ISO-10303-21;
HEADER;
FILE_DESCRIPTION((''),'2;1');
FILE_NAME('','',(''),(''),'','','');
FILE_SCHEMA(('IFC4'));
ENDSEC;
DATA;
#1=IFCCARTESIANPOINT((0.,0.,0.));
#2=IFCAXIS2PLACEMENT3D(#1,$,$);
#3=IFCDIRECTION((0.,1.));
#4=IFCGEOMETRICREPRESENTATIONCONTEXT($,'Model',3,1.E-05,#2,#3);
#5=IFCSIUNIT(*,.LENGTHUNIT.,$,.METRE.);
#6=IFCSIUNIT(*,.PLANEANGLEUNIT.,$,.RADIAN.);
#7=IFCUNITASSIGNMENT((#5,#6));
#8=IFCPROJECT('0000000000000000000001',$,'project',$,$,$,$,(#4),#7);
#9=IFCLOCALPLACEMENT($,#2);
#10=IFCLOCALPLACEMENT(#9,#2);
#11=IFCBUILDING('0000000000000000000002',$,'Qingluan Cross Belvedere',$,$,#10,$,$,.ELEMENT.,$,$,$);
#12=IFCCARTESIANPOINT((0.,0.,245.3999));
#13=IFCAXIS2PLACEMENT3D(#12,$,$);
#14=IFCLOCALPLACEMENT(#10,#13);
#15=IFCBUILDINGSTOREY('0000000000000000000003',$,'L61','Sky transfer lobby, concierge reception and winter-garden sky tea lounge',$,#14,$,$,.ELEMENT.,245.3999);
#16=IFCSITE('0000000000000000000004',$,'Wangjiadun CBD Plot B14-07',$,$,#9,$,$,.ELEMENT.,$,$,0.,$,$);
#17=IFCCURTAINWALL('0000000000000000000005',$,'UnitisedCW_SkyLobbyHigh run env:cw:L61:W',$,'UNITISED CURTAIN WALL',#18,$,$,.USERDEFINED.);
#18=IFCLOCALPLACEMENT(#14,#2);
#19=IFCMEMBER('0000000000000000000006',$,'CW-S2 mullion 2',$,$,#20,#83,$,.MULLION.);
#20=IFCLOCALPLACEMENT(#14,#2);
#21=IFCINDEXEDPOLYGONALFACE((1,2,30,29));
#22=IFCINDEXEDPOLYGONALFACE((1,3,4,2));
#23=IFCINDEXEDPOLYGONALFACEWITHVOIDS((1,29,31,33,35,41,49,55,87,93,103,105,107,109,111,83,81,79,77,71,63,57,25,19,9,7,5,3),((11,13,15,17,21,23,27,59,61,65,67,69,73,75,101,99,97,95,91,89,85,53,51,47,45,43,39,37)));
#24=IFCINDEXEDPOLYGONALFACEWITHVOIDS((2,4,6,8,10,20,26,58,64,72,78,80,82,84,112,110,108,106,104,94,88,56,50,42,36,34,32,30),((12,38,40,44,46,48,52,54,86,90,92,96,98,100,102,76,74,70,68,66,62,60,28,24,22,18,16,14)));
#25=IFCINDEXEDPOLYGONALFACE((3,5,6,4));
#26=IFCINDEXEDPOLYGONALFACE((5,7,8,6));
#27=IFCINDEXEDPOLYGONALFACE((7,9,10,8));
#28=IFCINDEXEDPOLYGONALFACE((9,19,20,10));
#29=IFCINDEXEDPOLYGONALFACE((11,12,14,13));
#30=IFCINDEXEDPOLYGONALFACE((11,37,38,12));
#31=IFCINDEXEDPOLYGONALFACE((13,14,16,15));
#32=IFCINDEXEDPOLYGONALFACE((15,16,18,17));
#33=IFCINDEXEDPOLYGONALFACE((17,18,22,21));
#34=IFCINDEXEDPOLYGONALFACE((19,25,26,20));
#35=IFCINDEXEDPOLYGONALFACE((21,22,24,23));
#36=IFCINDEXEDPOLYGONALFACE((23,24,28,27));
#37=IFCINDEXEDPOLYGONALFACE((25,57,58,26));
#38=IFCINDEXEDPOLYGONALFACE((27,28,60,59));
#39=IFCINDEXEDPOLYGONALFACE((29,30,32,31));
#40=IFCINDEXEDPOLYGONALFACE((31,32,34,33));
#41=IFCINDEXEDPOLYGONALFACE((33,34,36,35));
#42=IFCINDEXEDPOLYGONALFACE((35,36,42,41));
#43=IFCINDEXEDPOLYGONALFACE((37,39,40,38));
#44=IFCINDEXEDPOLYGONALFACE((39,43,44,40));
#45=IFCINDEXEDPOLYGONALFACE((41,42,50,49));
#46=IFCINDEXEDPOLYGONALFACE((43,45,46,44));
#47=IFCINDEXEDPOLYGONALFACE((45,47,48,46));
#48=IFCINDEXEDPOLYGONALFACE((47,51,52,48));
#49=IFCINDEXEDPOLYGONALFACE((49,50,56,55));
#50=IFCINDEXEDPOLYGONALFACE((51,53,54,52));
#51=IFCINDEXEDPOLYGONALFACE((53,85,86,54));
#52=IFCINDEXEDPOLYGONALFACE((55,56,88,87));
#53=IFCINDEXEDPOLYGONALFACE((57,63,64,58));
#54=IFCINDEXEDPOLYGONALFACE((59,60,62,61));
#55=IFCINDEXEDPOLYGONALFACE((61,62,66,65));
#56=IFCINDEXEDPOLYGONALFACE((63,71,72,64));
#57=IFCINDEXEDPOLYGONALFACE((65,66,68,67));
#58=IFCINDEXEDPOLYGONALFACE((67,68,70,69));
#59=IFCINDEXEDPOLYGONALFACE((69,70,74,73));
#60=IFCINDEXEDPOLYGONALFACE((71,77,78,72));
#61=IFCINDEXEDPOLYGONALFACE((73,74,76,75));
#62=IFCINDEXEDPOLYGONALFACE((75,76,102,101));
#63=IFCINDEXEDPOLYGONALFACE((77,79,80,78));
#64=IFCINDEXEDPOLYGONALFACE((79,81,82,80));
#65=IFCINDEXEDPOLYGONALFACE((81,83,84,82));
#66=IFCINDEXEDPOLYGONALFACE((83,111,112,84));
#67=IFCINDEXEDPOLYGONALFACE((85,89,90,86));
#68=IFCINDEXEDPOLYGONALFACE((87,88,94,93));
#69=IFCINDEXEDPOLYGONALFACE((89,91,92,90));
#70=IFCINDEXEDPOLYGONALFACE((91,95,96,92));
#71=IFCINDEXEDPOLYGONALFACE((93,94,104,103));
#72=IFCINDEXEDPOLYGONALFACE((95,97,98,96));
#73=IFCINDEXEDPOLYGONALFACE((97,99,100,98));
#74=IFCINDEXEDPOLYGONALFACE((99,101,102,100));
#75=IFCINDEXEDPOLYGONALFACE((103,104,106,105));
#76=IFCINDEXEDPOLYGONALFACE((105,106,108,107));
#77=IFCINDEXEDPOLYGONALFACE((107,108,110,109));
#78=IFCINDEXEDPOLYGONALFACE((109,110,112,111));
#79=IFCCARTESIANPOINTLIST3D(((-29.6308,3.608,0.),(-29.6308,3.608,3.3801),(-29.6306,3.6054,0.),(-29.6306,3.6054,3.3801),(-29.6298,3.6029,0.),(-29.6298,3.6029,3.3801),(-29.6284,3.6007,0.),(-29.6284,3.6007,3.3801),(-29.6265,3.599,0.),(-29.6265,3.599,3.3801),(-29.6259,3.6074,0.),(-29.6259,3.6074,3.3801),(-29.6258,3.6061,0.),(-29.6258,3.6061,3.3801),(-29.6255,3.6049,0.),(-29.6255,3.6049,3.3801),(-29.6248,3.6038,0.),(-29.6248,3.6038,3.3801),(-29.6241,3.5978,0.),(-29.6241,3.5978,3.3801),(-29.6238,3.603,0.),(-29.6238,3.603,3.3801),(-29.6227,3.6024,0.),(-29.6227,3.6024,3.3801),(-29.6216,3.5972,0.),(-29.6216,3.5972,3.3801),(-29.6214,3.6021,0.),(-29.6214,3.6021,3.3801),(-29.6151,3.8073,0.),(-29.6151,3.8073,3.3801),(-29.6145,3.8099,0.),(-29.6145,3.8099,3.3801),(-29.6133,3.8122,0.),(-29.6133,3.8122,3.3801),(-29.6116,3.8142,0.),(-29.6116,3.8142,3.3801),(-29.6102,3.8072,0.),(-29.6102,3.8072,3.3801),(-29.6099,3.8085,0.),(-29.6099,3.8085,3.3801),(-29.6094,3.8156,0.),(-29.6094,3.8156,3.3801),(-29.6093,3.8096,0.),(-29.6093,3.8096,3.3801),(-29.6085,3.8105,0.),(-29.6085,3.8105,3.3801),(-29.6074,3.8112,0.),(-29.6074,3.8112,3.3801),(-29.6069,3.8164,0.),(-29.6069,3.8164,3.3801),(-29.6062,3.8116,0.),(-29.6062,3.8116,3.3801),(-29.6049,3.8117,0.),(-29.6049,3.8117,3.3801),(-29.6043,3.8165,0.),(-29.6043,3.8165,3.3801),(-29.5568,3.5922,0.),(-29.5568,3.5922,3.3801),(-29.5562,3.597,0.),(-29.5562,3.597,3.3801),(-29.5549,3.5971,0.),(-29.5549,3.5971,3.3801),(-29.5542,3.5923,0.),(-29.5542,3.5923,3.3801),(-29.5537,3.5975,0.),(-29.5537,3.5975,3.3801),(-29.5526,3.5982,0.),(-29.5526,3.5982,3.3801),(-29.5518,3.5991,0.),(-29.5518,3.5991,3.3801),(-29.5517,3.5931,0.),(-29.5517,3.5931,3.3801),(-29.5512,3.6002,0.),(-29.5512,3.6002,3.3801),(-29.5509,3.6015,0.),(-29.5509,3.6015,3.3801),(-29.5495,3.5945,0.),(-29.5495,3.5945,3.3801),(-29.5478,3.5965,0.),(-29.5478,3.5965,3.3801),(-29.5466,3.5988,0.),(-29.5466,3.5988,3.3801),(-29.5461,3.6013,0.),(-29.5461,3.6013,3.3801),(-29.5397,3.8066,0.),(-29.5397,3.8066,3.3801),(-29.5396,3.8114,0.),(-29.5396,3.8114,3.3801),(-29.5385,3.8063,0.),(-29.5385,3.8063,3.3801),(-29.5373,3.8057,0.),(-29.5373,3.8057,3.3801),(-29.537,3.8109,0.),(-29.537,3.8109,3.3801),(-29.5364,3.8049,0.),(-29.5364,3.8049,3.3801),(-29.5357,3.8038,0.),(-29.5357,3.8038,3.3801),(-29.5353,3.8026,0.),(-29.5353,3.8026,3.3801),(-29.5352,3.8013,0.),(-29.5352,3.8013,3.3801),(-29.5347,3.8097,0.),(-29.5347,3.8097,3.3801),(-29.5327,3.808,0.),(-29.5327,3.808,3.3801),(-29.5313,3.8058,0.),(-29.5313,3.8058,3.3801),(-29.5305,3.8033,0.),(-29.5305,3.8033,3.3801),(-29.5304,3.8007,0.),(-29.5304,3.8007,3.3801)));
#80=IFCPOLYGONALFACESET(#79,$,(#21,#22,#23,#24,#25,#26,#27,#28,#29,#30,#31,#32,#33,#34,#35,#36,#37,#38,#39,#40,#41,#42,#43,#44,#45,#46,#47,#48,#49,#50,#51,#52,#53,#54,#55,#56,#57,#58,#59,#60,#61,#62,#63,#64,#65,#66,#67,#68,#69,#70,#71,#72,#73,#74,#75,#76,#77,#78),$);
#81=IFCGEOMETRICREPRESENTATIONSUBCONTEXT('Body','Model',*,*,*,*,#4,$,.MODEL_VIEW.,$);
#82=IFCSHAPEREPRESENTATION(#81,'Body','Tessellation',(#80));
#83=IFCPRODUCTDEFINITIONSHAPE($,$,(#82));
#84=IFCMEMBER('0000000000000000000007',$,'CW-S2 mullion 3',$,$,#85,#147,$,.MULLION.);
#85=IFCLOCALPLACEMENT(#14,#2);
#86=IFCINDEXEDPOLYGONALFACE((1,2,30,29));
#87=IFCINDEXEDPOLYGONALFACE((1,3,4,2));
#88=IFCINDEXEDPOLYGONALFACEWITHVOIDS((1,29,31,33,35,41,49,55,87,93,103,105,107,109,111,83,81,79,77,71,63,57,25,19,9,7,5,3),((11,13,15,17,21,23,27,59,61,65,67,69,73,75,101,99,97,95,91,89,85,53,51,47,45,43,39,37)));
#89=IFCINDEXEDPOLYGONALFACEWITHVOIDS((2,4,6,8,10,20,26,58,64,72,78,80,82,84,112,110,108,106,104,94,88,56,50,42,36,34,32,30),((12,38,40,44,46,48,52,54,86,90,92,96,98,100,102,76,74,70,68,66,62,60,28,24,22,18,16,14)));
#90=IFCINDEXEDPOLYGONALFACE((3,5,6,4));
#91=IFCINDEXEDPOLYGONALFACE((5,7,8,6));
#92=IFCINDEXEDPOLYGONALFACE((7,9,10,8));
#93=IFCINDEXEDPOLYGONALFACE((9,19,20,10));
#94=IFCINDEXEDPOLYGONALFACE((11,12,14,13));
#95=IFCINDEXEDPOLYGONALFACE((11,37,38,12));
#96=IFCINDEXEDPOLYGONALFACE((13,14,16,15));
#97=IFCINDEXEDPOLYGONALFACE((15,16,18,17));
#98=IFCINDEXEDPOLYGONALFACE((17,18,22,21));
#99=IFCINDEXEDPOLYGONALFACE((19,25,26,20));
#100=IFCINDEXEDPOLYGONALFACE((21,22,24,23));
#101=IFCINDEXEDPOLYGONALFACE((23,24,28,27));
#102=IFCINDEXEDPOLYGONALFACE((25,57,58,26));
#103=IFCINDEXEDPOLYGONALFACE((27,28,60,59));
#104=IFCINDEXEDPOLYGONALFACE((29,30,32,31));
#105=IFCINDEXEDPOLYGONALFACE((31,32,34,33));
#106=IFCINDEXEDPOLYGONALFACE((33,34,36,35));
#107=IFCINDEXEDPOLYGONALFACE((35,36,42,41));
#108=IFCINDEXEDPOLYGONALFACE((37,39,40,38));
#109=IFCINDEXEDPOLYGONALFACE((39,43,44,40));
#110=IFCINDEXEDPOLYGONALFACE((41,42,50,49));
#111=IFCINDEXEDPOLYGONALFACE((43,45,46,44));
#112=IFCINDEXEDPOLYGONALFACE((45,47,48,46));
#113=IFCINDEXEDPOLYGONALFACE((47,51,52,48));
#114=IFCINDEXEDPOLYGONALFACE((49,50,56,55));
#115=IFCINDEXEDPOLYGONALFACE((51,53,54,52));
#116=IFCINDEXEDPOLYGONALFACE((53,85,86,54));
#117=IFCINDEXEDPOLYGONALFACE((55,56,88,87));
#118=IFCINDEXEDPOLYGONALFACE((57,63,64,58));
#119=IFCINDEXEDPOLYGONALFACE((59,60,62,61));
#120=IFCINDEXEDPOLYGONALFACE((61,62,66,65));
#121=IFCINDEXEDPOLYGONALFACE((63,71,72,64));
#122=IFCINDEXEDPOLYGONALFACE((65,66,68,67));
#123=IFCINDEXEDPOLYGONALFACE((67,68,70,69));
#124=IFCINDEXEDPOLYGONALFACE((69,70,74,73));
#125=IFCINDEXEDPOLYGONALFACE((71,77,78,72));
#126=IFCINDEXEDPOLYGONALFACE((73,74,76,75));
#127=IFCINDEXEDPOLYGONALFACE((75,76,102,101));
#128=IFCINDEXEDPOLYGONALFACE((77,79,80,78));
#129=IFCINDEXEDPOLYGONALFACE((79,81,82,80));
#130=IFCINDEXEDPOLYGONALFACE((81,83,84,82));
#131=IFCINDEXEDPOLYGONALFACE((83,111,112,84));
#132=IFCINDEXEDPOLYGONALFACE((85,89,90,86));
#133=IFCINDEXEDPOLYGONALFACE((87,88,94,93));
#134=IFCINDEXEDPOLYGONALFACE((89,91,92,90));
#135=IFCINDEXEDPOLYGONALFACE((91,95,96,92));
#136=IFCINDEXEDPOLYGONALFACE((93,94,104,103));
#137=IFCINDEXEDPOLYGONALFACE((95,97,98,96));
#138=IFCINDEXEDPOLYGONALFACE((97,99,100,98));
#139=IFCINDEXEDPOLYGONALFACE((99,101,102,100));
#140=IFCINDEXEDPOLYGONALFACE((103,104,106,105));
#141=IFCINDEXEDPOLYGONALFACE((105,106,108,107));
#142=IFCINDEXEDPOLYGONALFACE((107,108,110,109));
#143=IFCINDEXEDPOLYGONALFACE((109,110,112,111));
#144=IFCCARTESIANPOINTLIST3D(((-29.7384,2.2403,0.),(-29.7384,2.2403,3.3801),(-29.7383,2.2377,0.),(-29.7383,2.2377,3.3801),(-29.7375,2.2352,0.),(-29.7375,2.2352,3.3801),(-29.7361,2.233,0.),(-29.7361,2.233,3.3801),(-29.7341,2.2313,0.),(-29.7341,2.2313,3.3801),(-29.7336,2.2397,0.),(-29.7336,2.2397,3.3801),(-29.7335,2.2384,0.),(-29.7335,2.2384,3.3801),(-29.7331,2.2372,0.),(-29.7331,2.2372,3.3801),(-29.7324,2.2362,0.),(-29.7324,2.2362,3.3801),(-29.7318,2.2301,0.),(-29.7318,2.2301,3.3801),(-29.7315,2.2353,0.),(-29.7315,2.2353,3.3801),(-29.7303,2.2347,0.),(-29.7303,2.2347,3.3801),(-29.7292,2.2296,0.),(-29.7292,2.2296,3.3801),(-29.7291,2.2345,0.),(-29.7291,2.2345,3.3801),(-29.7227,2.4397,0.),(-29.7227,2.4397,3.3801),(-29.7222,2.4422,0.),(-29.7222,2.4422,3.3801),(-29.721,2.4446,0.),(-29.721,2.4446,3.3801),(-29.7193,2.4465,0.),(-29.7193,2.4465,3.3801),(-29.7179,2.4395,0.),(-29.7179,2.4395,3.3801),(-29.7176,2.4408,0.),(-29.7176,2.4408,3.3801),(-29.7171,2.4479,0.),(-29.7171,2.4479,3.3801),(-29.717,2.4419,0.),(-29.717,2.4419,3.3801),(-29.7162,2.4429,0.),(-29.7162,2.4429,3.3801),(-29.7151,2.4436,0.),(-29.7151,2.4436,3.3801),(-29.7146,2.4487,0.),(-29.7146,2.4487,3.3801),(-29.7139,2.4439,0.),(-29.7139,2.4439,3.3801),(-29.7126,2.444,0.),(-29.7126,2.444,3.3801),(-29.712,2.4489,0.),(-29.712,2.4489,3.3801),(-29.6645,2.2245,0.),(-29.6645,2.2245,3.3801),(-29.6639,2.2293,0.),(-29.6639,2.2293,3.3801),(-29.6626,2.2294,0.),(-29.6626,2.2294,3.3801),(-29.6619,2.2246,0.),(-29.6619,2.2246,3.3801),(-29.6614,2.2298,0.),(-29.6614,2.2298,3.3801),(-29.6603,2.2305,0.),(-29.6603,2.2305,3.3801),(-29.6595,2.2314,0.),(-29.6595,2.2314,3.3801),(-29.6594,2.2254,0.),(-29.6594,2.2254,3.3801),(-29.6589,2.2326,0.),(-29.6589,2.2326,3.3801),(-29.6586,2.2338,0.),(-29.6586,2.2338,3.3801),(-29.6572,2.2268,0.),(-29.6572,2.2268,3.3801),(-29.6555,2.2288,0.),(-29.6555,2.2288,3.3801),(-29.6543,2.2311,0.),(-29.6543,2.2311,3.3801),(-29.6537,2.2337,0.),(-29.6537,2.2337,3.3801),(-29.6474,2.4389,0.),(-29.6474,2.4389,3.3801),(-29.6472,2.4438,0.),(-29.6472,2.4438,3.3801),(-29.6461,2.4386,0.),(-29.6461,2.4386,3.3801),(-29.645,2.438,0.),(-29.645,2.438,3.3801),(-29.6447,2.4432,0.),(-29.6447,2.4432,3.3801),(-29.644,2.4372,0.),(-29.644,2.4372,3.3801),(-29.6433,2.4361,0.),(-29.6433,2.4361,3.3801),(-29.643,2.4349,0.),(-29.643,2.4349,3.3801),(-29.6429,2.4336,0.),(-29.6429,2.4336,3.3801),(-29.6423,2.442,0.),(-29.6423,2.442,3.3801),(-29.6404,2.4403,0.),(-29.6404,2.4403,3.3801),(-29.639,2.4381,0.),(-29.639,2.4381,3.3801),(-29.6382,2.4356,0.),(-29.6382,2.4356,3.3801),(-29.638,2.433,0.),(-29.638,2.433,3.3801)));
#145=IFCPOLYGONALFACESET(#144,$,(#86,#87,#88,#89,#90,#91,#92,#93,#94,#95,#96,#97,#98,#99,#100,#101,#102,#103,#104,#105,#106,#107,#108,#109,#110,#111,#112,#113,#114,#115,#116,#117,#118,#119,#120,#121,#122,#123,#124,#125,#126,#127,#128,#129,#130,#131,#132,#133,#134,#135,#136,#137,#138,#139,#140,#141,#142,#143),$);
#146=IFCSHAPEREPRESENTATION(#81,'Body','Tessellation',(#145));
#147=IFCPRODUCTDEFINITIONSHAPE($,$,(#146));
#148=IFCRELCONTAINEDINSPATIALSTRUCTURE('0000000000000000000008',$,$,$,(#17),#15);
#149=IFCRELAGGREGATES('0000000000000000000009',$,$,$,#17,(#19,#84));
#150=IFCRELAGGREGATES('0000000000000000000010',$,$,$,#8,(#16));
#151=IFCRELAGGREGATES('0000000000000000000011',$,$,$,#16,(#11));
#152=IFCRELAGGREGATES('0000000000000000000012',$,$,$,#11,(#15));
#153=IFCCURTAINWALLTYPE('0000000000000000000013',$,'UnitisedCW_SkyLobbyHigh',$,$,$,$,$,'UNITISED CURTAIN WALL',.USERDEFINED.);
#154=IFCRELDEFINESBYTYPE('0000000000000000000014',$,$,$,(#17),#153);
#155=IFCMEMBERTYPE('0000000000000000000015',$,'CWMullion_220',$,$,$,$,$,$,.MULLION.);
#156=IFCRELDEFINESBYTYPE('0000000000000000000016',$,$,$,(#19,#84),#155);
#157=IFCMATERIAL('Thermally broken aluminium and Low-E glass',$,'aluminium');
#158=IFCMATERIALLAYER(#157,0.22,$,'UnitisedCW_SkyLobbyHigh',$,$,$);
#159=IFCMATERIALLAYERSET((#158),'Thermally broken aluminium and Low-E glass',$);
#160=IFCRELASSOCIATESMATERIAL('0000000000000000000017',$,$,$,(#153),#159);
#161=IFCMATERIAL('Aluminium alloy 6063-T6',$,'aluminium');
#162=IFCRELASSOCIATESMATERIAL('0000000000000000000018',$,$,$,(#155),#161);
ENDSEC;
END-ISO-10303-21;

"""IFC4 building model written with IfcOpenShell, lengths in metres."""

from ifc_helpers import new_model, si_unit, direction, frame, origin, origin_2d, place, context, subcontext, project, spatial, hollow_rectangle, extrude, material, layer, layer_set, material_profile, profile_set, type_object, element, aggregate, save


model = new_model("IFC4")

# Units and contexts
model_context = context("Model", 3, precision=1e-05, world=origin(), true_north=direction((0.0, 1.0)))
body_context = subcontext(model_context, "Body", "Model", "MODEL_VIEW")
ifc_project = project(units=[si_unit("LENGTHUNIT", "METRE"), si_unit("PLANEANGLEUNIT", "RADIAN")], contexts=[model_context])

# Site, building, storey
site_placement = place(None, origin())
site = spatial("IfcSite", under=ifc_project, at=site_placement, Name="Wangjiadun CBD Plot B14-07", CompositionType="ELEMENT", RefElevation=0.0)
building_placement = place(site_placement, origin())
building = spatial("IfcBuilding", under=site, at=building_placement, Name="Qingluan Cross Belvedere", CompositionType="ELEMENT")
storey_placement = place(building_placement, frame((0.0, 0.0, 245.3999)))
storey = spatial("IfcBuildingStorey", under=building, at=storey_placement, Name="L61", Description="Sky transfer lobby, concierge reception and winter-garden sky tea lounge", CompositionType="ELEMENT", Elevation=245.3999)

# Curtain wall, members
ifc_material_1 = material(Name="Thermally broken aluminium and Low-E glass", Category="aluminium")
ifc_layer_1 = layer(ifc_material_1, 0.22, Name="UnitisedCW_SkyLobbyHigh")
ifc_layer_set_1 = layer_set([ifc_layer_1], Name="Thermally broken aluminium and Low-E glass")
curtain_wall_type = type_object("IfcCurtainWallType", Name="UnitisedCW_SkyLobbyHigh", ElementType="UNITISED CURTAIN WALL", PredefinedType="USERDEFINED", material=ifc_layer_set_1)
curtain_wall_placement = place(storey_placement, origin())
curtain_wall = element("IfcCurtainWall", 1, at=curtain_wall_placement, inside=storey, type_object=curtain_wall_type, Name="UnitisedCW_SkyLobbyHigh run env:cw:L61:W", ObjectType="UNITISED CURTAIN WALL", PredefinedType="USERDEFINED")
ifc_material_2 = material(Name="Aluminium alloy 6063-T6", Category="aluminium")
ifc_material_profile_1 = material_profile(ifc_material_2, hollow_rectangle(XDim=0.085, YDim=0.22, WallThickness=0.0049, InnerFilletRadius=0.0049, OuterFilletRadius=0.01, at=origin_2d()), Name="CWM220x85x5")
ifc_profile_set_1 = profile_set([ifc_material_profile_1], Name="Aluminium alloy 6063-T6")
member_type_1 = type_object("IfcMemberType", Name="CWMullion_220", PredefinedType="MULLION", material=ifc_profile_set_1)
member_1_placement = place(storey_placement, frame((-29.5806, 3.7043, 0.0), z_axis=(0.0, 0.0, 1.0), x_axis=(0.996917, -0.078462, 0.0)))
member_1 = element("IfcMember", 2, at=member_1_placement, type_object=member_type_1, Name="CW-S2 mullion 2", PredefinedType="MULLION", context=body_context, shape_type="SweptSolid", body=[
    extrude(hollow_rectangle(XDim=0.085, YDim=0.22, WallThickness=0.0049, InnerFilletRadius=0.0049, OuterFilletRadius=0.01, at=origin_2d()), origin(), (0.0, 0.0, 1.0), 3.3801),
])
member_2_placement = place(storey_placement, frame((-29.6882, 2.3367, 0.0), z_axis=(0.0, 0.0, 1.0), x_axis=(0.996917, -0.078462, 0.0)))
member_2 = element("IfcMember", 3, at=member_2_placement, type_object=member_type_1, Name="CW-S2 mullion 3", PredefinedType="MULLION", context=body_context, shape_type="SweptSolid", body=[
    extrude(hollow_rectangle(XDim=0.085, YDim=0.22, WallThickness=0.0049, InnerFilletRadius=0.0049, OuterFilletRadius=0.01, at=origin_2d()), origin(), (0.0, 0.0, 1.0), 3.3801),
])
aggregate(curtain_wall, [member_1, member_2])

save(model, "model.ifc")
